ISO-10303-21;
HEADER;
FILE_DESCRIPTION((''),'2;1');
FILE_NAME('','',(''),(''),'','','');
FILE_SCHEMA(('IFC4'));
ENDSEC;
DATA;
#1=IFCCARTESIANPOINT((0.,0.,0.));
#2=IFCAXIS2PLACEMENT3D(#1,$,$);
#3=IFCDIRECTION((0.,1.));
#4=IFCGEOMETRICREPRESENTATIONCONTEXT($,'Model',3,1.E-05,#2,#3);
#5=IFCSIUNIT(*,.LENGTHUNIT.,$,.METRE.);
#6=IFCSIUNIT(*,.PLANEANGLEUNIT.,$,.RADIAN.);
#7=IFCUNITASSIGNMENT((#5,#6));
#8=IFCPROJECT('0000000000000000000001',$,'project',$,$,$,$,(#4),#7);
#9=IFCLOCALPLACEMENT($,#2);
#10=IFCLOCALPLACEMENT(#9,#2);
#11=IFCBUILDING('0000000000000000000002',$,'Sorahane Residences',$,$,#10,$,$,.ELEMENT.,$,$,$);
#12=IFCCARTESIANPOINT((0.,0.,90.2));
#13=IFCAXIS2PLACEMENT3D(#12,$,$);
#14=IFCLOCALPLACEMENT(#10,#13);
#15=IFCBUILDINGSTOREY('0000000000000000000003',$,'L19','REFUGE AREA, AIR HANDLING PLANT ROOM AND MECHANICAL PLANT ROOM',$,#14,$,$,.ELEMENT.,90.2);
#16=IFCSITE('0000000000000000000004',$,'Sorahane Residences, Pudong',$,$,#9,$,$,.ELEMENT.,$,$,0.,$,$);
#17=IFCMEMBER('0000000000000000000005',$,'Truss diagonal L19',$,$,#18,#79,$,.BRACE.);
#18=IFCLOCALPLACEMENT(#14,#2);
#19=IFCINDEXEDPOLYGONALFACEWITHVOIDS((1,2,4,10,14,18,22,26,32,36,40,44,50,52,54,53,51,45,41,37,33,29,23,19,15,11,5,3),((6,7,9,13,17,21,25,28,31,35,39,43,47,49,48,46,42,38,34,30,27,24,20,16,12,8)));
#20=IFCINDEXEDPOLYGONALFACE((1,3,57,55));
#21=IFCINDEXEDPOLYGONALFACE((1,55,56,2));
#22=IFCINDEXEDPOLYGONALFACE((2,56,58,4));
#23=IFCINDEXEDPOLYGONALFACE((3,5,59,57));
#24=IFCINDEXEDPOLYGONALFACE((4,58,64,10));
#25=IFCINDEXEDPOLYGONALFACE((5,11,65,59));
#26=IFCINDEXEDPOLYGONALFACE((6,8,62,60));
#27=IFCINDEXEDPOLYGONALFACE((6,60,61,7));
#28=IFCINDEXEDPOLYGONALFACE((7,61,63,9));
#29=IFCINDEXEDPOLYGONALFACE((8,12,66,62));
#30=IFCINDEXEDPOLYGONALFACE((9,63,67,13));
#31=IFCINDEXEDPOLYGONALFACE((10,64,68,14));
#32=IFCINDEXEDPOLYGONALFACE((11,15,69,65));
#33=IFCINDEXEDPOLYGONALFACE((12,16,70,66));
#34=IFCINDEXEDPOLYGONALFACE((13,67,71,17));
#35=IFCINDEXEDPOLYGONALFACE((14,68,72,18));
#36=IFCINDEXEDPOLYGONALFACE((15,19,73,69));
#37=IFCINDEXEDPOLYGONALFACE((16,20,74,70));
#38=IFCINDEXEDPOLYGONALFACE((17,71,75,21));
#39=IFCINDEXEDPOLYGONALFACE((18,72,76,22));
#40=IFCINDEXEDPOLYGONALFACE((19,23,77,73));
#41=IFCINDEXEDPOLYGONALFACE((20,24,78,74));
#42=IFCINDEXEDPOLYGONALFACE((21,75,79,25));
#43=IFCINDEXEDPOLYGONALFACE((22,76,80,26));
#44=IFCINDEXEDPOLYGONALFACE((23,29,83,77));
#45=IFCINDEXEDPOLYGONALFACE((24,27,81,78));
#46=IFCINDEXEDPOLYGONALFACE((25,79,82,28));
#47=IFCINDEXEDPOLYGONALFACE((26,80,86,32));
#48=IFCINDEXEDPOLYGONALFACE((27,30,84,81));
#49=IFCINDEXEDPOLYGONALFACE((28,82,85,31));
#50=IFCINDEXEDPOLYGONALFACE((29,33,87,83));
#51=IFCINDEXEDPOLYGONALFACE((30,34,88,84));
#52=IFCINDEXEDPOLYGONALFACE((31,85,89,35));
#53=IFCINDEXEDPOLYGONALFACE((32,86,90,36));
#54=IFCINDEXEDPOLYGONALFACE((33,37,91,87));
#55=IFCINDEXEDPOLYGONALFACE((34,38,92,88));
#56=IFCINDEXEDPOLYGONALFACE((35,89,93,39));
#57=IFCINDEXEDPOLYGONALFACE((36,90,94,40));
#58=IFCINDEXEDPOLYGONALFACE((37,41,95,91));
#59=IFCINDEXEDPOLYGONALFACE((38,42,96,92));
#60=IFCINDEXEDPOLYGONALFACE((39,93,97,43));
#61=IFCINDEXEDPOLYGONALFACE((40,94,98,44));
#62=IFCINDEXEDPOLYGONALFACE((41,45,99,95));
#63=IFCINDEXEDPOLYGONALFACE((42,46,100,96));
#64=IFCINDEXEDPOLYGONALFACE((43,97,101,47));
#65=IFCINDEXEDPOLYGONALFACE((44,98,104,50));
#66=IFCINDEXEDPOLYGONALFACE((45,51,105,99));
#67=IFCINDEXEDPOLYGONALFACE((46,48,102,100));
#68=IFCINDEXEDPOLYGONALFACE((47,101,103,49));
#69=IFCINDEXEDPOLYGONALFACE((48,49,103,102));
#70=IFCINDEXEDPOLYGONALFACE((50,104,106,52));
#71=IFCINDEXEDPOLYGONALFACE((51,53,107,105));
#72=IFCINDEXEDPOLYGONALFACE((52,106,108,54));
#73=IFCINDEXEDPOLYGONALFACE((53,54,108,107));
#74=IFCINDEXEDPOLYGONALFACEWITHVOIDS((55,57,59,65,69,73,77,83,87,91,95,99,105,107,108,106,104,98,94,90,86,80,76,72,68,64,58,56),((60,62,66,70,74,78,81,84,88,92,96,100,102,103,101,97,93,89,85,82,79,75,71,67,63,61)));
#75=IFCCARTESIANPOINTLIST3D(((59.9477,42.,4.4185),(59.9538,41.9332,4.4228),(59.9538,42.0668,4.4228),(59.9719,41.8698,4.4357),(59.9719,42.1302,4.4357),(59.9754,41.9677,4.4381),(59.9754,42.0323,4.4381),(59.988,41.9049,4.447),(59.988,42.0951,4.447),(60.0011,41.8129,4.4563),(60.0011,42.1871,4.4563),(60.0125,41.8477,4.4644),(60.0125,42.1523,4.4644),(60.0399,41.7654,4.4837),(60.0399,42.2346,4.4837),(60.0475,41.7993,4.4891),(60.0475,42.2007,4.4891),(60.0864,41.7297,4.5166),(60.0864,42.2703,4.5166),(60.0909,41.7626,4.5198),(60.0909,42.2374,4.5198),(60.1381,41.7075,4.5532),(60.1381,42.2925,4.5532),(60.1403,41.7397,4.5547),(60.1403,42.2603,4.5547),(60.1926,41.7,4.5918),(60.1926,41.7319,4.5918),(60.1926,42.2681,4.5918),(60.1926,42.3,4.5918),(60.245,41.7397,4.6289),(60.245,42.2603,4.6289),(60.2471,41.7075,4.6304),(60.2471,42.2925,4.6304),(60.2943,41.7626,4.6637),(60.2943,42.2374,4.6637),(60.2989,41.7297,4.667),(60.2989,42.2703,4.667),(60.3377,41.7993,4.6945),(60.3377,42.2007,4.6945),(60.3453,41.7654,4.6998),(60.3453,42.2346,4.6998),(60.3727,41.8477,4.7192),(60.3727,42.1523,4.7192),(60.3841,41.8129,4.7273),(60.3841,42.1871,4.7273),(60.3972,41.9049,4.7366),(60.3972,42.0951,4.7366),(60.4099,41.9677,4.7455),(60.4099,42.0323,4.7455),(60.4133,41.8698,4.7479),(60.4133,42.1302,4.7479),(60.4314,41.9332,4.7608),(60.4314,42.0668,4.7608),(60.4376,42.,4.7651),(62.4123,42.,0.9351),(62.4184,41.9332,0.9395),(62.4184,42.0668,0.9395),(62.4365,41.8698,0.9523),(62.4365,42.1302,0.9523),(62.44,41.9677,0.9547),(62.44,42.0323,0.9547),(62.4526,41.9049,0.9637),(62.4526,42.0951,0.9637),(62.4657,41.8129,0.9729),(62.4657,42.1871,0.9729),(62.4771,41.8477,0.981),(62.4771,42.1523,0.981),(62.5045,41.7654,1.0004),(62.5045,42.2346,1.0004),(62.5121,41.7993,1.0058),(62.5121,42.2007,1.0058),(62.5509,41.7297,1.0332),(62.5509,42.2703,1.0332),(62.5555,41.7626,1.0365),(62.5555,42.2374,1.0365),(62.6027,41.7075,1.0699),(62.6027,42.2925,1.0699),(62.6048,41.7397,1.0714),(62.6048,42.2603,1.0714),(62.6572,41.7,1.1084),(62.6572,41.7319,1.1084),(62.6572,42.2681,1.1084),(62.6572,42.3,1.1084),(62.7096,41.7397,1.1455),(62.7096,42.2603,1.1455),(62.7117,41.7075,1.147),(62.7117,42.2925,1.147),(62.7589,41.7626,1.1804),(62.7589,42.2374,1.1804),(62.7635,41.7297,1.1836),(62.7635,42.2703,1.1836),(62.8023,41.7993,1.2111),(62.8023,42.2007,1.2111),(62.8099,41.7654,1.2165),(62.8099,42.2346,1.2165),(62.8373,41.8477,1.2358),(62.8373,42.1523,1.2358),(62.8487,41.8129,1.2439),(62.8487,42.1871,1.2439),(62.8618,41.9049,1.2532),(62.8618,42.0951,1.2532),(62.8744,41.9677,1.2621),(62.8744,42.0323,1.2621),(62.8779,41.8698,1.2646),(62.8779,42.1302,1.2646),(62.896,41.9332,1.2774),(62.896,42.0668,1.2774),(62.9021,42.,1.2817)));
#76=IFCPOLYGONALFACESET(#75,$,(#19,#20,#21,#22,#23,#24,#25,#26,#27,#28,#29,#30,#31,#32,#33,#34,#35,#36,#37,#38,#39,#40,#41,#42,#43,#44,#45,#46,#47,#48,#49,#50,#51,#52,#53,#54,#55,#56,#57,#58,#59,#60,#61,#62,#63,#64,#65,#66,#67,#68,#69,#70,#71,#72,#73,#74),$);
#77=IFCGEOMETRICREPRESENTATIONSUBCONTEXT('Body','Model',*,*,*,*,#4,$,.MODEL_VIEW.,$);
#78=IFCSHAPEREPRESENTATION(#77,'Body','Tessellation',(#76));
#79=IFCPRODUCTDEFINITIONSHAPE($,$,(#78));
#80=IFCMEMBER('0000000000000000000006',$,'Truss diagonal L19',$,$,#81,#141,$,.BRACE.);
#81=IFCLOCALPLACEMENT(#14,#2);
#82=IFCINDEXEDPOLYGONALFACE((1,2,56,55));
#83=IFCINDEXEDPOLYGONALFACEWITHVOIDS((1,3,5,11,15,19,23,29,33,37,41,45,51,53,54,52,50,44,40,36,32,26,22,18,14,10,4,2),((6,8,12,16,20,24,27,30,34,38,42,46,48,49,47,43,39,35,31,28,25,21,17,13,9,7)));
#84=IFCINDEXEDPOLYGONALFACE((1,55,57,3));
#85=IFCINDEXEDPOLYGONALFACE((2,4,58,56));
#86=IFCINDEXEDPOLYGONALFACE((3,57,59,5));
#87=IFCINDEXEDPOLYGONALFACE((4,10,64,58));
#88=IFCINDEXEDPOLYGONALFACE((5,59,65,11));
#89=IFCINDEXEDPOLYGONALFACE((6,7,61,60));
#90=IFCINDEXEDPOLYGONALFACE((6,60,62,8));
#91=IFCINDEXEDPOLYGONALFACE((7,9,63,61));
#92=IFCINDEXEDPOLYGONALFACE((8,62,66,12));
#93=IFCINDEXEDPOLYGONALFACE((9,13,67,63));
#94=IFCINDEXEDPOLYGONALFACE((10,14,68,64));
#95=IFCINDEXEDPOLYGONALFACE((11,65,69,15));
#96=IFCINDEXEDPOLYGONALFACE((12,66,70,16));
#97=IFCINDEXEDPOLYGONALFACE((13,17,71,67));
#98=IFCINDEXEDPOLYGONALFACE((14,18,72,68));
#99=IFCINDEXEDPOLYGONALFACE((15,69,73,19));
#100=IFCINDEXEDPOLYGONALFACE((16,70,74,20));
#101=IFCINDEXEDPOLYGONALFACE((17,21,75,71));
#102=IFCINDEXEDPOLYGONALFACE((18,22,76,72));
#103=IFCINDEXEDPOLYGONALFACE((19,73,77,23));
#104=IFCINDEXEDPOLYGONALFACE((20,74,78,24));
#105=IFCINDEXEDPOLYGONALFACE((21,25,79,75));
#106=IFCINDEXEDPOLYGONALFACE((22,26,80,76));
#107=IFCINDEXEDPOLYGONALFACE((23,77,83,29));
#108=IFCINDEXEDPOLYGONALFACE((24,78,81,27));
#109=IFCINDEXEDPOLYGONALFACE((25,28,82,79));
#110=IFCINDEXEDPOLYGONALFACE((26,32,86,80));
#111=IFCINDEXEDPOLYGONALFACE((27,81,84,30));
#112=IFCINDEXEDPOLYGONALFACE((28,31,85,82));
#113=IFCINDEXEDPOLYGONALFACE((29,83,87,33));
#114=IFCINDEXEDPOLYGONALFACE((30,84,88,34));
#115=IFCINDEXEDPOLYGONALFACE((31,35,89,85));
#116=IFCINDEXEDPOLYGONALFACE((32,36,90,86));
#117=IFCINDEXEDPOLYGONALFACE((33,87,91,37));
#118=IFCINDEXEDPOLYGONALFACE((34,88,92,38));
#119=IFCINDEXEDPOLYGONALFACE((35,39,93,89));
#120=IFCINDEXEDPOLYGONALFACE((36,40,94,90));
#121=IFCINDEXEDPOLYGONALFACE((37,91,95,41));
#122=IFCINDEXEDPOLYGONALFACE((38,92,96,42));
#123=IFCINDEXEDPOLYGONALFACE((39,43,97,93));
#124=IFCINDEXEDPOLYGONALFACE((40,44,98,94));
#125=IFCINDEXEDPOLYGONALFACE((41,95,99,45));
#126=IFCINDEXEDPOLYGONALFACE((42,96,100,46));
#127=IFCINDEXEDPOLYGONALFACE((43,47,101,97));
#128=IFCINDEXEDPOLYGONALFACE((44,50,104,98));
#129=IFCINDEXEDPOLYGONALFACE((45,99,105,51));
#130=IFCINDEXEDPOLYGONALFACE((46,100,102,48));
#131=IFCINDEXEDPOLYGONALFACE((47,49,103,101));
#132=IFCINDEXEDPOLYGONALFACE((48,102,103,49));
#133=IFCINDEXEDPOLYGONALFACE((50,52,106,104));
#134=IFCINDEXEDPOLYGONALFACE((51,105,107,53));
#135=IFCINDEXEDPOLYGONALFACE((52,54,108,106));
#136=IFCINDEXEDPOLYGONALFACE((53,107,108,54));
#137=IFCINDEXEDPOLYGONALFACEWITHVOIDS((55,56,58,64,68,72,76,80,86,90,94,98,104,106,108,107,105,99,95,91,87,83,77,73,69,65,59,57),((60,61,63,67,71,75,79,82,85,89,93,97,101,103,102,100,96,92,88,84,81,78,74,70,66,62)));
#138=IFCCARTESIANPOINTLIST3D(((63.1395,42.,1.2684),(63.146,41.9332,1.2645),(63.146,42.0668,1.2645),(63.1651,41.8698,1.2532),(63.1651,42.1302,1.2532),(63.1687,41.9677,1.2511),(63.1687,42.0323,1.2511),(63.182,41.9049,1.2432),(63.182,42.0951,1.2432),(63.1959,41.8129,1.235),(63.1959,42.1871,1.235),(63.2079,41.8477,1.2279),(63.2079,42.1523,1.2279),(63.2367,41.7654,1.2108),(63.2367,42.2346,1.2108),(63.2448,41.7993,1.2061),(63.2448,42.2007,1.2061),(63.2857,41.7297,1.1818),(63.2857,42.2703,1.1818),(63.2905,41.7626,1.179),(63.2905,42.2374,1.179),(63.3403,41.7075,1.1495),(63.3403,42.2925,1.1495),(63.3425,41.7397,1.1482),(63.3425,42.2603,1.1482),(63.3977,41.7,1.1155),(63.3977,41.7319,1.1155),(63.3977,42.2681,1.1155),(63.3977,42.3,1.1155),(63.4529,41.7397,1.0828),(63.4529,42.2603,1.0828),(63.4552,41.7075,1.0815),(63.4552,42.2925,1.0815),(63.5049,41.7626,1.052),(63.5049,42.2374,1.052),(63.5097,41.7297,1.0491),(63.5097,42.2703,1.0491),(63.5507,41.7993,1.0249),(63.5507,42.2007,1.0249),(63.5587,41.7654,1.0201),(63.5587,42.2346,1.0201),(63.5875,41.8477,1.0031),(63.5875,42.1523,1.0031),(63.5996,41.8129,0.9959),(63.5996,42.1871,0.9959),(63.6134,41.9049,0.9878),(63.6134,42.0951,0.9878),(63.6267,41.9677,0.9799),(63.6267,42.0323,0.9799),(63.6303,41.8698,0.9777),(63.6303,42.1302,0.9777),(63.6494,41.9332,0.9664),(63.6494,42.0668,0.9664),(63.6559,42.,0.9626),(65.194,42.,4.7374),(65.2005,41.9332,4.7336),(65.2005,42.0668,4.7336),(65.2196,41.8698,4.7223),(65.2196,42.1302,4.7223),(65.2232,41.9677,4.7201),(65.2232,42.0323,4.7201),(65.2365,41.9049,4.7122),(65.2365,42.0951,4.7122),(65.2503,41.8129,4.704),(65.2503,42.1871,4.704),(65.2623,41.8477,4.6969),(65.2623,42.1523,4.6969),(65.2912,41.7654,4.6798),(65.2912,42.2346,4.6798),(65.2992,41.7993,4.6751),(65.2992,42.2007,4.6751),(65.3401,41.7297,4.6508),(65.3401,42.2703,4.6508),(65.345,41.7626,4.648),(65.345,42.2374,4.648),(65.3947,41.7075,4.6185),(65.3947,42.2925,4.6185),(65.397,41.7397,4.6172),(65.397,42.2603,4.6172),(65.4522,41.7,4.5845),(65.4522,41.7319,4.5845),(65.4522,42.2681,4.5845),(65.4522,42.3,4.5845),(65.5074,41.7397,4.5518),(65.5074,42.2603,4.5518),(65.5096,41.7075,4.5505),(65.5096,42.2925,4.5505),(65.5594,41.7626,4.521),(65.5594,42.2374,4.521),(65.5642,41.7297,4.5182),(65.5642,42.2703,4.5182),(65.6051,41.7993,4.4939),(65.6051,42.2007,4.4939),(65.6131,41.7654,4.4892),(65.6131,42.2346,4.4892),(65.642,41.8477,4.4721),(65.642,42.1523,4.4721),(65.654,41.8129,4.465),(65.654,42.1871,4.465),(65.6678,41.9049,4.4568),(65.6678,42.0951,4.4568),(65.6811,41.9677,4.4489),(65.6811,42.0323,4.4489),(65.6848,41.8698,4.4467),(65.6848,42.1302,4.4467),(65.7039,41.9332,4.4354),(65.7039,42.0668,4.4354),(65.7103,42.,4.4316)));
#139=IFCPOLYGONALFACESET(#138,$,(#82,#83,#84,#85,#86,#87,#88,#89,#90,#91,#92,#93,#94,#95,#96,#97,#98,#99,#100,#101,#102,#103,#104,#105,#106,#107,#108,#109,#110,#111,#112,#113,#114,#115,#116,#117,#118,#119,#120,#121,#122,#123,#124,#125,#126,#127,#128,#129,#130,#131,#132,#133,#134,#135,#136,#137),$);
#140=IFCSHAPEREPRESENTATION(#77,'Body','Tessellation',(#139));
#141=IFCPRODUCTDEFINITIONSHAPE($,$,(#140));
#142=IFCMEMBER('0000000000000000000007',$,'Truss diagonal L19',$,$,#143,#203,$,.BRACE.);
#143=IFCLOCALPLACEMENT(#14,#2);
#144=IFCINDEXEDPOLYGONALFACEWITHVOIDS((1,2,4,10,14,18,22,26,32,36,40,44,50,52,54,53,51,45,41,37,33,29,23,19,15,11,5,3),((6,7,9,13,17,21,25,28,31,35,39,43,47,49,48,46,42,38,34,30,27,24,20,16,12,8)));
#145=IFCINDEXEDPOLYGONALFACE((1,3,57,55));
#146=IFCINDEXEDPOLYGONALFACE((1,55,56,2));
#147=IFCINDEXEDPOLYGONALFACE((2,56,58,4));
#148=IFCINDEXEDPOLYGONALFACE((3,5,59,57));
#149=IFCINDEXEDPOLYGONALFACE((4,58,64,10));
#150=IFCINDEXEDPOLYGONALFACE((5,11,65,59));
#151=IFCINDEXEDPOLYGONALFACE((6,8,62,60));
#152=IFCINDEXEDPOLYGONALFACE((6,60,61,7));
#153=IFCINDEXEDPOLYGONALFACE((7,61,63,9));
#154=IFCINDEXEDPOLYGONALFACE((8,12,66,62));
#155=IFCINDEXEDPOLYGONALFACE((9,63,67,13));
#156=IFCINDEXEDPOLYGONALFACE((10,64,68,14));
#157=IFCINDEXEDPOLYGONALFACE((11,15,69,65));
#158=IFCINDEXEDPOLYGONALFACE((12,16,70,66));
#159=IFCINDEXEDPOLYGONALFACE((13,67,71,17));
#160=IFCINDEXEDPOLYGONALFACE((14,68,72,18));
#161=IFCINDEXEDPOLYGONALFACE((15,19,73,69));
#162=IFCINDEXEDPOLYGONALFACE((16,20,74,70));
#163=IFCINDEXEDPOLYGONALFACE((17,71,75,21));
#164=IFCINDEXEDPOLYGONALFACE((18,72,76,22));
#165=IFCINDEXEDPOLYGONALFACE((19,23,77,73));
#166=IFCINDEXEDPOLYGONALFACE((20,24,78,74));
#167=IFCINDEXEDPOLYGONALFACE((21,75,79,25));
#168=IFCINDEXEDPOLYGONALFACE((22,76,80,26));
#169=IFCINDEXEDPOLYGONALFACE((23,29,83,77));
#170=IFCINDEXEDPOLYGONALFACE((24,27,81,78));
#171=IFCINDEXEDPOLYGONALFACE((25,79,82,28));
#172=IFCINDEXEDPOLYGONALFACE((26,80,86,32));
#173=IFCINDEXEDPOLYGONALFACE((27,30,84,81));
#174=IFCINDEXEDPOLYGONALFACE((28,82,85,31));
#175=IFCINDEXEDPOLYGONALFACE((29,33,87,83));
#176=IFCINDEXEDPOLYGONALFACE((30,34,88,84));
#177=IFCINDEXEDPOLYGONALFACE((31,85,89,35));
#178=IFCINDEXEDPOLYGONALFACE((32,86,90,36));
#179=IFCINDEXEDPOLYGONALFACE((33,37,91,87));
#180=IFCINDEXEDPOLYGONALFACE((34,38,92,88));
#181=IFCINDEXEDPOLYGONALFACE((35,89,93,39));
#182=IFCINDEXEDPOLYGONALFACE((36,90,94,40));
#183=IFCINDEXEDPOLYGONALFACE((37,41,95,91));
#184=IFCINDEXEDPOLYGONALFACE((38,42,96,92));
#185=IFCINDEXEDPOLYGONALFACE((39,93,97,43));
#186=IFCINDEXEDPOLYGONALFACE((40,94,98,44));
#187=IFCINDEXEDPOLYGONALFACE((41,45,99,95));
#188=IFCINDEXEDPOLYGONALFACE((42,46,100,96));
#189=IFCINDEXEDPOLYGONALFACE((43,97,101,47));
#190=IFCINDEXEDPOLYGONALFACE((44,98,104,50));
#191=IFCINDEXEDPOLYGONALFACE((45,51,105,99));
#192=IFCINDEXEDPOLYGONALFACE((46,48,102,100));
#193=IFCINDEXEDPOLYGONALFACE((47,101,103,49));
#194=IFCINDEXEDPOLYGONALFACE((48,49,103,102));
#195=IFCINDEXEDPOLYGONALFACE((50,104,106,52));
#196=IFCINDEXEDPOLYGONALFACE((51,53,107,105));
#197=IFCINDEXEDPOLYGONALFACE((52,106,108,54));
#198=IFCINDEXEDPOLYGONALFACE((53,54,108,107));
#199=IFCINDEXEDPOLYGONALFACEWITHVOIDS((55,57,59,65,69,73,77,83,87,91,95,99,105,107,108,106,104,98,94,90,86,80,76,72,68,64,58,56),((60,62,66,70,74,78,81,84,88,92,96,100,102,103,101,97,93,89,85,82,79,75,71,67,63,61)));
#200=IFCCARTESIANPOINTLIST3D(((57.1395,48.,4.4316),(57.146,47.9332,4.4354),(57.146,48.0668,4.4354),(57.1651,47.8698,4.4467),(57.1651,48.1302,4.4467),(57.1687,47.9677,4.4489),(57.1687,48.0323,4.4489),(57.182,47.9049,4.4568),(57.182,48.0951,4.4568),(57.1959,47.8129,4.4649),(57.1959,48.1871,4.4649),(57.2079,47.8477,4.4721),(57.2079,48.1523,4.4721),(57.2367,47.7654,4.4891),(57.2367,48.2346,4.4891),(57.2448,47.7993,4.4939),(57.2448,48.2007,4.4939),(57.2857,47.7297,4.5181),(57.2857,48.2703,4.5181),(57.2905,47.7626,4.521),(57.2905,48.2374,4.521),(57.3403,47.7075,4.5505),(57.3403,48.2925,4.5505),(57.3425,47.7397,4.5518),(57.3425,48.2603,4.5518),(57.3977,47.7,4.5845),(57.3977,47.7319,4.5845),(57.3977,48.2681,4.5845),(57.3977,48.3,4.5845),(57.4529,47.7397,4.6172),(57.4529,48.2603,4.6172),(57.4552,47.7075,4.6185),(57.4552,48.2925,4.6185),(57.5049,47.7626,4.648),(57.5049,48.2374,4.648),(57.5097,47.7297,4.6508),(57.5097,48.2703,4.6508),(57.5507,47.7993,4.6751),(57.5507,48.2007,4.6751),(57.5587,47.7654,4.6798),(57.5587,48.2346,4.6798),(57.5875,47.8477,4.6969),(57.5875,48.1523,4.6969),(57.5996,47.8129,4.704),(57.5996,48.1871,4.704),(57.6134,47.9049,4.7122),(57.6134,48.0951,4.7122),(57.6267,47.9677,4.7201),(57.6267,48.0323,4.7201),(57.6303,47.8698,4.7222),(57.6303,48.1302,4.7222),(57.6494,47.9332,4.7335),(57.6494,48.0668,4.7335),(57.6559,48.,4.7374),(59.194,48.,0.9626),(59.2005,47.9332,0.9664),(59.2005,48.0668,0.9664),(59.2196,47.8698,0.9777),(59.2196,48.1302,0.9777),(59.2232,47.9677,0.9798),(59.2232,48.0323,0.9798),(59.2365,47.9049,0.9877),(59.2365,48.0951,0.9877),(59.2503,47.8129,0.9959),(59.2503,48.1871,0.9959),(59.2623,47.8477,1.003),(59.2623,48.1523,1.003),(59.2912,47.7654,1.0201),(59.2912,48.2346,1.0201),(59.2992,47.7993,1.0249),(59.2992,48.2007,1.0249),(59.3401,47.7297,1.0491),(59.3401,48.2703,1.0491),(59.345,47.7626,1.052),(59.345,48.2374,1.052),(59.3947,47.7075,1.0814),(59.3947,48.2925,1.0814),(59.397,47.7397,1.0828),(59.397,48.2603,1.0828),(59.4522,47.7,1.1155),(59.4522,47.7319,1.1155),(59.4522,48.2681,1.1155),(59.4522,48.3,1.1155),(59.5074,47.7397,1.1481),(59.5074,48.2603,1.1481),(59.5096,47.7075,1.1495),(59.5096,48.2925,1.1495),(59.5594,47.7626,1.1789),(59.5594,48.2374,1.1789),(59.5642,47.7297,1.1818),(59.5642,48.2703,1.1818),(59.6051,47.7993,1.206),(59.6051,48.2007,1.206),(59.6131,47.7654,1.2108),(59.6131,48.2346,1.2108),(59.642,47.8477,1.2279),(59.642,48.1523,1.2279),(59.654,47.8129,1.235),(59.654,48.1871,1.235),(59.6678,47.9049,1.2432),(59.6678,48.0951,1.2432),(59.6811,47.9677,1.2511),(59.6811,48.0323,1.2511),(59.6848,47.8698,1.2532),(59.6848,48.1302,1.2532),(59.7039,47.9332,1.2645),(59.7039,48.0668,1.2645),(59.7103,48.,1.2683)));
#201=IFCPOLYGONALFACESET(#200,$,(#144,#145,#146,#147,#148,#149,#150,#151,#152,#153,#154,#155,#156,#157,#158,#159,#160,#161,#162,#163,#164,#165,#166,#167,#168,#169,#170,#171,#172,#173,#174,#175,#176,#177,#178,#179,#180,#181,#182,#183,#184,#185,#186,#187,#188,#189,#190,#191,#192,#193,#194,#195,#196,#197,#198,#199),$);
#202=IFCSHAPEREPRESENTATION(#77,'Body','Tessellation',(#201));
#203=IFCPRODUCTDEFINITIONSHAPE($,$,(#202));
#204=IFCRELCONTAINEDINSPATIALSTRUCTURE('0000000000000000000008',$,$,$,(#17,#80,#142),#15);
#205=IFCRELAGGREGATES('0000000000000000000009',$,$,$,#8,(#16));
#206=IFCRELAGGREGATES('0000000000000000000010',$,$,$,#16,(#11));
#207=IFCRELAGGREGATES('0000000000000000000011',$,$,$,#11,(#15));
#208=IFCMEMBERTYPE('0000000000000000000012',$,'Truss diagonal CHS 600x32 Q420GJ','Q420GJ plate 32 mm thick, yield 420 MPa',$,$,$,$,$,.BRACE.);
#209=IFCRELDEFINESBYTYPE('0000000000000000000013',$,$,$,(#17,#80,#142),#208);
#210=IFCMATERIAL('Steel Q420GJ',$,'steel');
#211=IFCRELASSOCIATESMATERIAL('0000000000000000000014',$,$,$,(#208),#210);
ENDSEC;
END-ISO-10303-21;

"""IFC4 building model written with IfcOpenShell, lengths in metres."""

from ifc_helpers import new_model, si_unit, direction, frame, origin, origin_2d, place, context, subcontext, project, spatial, hollow_circle, extrude, material, material_profile, profile_set, type_object, element, save


model = new_model("IFC4")

# Units and contexts
model_context = context("Model", 3, precision=1e-05, world=origin(), true_north=direction((0.0, 1.0)))
body_context = subcontext(model_context, "Body", "Model", "MODEL_VIEW")
ifc_project = project(units=[si_unit("LENGTHUNIT", "METRE"), si_unit("PLANEANGLEUNIT", "RADIAN")], contexts=[model_context])

# Site, building, storey
site_placement = place(None, origin())
site = spatial("IfcSite", under=ifc_project, at=site_placement, Name="Sorahane Residences, Pudong", CompositionType="ELEMENT", RefElevation=0.0)
building_placement = place(site_placement, origin())
building = spatial("IfcBuilding", under=site, at=building_placement, Name="Sorahane Residences", CompositionType="ELEMENT")
storey_placement = place(building_placement, frame((0.0, 0.0, 90.2)))
storey = spatial("IfcBuildingStorey", under=building, at=storey_placement, Name="L19", Description="REFUGE AREA, AIR HANDLING PLANT ROOM AND MECHANICAL PLANT ROOM", CompositionType="ELEMENT", Elevation=90.2)

# Members
ifc_material_1 = material(Name="Steel Q420GJ", Category="steel")
ifc_material_profile_1 = material_profile(ifc_material_1, hollow_circle(Radius=0.3, WallThickness=0.032, at=origin_2d()), Name="CHS 600x32")
ifc_profile_set_1 = profile_set([ifc_material_profile_1], Name="Steel Q420GJ")
member_type = type_object("IfcMemberType", Name="Truss diagonal CHS 600x32 Q420GJ", Description="Q420GJ plate 32 mm thick, yield 420 MPa", PredefinedType="BRACE", material=ifc_profile_set_1)
member_placement = place(storey_placement, frame((60.1926, 42.0, 4.5918), z_axis=(0.577579, 0.0, -0.816335), x_axis=(0.0, 1.0, 0.0)))
element("IfcMember", 1, at=member_placement, inside=storey, type_object=member_type, Name="Truss diagonal L19", PredefinedType="BRACE", context=body_context, shape_type="SweptSolid", body=[
    extrude(hollow_circle(Radius=0.3, WallThickness=0.032, at=origin_2d()), origin(), (0.0, 0.0, 1.0), 4.2671),
])
for number, where, z_axis, x_axis, name in (
    (2, (63.3977, 42.0, 1.1155), (0.509572, 0.0, 0.860428), (0.0, 1.0, 0.0), "Truss diagonal L19"),
    (3, (57.3977, 48.0, 4.5845), (0.509572, 0.0, -0.860428), (0.0, 1.0, 0.0), "Truss diagonal L19"),
):
    element("IfcMember", number, at=place(storey_placement, frame(where, z_axis=z_axis, x_axis=x_axis)), inside=storey, type_object=member_type, Name=name, PredefinedType="BRACE", context=body_context, shape_type="SweptSolid", body=[
        extrude(hollow_circle(Radius=0.3, WallThickness=0.032, at=origin_2d()), origin(), (0.0, 0.0, 1.0), 4.0317),
    ])

save(model, "model.ifc")
